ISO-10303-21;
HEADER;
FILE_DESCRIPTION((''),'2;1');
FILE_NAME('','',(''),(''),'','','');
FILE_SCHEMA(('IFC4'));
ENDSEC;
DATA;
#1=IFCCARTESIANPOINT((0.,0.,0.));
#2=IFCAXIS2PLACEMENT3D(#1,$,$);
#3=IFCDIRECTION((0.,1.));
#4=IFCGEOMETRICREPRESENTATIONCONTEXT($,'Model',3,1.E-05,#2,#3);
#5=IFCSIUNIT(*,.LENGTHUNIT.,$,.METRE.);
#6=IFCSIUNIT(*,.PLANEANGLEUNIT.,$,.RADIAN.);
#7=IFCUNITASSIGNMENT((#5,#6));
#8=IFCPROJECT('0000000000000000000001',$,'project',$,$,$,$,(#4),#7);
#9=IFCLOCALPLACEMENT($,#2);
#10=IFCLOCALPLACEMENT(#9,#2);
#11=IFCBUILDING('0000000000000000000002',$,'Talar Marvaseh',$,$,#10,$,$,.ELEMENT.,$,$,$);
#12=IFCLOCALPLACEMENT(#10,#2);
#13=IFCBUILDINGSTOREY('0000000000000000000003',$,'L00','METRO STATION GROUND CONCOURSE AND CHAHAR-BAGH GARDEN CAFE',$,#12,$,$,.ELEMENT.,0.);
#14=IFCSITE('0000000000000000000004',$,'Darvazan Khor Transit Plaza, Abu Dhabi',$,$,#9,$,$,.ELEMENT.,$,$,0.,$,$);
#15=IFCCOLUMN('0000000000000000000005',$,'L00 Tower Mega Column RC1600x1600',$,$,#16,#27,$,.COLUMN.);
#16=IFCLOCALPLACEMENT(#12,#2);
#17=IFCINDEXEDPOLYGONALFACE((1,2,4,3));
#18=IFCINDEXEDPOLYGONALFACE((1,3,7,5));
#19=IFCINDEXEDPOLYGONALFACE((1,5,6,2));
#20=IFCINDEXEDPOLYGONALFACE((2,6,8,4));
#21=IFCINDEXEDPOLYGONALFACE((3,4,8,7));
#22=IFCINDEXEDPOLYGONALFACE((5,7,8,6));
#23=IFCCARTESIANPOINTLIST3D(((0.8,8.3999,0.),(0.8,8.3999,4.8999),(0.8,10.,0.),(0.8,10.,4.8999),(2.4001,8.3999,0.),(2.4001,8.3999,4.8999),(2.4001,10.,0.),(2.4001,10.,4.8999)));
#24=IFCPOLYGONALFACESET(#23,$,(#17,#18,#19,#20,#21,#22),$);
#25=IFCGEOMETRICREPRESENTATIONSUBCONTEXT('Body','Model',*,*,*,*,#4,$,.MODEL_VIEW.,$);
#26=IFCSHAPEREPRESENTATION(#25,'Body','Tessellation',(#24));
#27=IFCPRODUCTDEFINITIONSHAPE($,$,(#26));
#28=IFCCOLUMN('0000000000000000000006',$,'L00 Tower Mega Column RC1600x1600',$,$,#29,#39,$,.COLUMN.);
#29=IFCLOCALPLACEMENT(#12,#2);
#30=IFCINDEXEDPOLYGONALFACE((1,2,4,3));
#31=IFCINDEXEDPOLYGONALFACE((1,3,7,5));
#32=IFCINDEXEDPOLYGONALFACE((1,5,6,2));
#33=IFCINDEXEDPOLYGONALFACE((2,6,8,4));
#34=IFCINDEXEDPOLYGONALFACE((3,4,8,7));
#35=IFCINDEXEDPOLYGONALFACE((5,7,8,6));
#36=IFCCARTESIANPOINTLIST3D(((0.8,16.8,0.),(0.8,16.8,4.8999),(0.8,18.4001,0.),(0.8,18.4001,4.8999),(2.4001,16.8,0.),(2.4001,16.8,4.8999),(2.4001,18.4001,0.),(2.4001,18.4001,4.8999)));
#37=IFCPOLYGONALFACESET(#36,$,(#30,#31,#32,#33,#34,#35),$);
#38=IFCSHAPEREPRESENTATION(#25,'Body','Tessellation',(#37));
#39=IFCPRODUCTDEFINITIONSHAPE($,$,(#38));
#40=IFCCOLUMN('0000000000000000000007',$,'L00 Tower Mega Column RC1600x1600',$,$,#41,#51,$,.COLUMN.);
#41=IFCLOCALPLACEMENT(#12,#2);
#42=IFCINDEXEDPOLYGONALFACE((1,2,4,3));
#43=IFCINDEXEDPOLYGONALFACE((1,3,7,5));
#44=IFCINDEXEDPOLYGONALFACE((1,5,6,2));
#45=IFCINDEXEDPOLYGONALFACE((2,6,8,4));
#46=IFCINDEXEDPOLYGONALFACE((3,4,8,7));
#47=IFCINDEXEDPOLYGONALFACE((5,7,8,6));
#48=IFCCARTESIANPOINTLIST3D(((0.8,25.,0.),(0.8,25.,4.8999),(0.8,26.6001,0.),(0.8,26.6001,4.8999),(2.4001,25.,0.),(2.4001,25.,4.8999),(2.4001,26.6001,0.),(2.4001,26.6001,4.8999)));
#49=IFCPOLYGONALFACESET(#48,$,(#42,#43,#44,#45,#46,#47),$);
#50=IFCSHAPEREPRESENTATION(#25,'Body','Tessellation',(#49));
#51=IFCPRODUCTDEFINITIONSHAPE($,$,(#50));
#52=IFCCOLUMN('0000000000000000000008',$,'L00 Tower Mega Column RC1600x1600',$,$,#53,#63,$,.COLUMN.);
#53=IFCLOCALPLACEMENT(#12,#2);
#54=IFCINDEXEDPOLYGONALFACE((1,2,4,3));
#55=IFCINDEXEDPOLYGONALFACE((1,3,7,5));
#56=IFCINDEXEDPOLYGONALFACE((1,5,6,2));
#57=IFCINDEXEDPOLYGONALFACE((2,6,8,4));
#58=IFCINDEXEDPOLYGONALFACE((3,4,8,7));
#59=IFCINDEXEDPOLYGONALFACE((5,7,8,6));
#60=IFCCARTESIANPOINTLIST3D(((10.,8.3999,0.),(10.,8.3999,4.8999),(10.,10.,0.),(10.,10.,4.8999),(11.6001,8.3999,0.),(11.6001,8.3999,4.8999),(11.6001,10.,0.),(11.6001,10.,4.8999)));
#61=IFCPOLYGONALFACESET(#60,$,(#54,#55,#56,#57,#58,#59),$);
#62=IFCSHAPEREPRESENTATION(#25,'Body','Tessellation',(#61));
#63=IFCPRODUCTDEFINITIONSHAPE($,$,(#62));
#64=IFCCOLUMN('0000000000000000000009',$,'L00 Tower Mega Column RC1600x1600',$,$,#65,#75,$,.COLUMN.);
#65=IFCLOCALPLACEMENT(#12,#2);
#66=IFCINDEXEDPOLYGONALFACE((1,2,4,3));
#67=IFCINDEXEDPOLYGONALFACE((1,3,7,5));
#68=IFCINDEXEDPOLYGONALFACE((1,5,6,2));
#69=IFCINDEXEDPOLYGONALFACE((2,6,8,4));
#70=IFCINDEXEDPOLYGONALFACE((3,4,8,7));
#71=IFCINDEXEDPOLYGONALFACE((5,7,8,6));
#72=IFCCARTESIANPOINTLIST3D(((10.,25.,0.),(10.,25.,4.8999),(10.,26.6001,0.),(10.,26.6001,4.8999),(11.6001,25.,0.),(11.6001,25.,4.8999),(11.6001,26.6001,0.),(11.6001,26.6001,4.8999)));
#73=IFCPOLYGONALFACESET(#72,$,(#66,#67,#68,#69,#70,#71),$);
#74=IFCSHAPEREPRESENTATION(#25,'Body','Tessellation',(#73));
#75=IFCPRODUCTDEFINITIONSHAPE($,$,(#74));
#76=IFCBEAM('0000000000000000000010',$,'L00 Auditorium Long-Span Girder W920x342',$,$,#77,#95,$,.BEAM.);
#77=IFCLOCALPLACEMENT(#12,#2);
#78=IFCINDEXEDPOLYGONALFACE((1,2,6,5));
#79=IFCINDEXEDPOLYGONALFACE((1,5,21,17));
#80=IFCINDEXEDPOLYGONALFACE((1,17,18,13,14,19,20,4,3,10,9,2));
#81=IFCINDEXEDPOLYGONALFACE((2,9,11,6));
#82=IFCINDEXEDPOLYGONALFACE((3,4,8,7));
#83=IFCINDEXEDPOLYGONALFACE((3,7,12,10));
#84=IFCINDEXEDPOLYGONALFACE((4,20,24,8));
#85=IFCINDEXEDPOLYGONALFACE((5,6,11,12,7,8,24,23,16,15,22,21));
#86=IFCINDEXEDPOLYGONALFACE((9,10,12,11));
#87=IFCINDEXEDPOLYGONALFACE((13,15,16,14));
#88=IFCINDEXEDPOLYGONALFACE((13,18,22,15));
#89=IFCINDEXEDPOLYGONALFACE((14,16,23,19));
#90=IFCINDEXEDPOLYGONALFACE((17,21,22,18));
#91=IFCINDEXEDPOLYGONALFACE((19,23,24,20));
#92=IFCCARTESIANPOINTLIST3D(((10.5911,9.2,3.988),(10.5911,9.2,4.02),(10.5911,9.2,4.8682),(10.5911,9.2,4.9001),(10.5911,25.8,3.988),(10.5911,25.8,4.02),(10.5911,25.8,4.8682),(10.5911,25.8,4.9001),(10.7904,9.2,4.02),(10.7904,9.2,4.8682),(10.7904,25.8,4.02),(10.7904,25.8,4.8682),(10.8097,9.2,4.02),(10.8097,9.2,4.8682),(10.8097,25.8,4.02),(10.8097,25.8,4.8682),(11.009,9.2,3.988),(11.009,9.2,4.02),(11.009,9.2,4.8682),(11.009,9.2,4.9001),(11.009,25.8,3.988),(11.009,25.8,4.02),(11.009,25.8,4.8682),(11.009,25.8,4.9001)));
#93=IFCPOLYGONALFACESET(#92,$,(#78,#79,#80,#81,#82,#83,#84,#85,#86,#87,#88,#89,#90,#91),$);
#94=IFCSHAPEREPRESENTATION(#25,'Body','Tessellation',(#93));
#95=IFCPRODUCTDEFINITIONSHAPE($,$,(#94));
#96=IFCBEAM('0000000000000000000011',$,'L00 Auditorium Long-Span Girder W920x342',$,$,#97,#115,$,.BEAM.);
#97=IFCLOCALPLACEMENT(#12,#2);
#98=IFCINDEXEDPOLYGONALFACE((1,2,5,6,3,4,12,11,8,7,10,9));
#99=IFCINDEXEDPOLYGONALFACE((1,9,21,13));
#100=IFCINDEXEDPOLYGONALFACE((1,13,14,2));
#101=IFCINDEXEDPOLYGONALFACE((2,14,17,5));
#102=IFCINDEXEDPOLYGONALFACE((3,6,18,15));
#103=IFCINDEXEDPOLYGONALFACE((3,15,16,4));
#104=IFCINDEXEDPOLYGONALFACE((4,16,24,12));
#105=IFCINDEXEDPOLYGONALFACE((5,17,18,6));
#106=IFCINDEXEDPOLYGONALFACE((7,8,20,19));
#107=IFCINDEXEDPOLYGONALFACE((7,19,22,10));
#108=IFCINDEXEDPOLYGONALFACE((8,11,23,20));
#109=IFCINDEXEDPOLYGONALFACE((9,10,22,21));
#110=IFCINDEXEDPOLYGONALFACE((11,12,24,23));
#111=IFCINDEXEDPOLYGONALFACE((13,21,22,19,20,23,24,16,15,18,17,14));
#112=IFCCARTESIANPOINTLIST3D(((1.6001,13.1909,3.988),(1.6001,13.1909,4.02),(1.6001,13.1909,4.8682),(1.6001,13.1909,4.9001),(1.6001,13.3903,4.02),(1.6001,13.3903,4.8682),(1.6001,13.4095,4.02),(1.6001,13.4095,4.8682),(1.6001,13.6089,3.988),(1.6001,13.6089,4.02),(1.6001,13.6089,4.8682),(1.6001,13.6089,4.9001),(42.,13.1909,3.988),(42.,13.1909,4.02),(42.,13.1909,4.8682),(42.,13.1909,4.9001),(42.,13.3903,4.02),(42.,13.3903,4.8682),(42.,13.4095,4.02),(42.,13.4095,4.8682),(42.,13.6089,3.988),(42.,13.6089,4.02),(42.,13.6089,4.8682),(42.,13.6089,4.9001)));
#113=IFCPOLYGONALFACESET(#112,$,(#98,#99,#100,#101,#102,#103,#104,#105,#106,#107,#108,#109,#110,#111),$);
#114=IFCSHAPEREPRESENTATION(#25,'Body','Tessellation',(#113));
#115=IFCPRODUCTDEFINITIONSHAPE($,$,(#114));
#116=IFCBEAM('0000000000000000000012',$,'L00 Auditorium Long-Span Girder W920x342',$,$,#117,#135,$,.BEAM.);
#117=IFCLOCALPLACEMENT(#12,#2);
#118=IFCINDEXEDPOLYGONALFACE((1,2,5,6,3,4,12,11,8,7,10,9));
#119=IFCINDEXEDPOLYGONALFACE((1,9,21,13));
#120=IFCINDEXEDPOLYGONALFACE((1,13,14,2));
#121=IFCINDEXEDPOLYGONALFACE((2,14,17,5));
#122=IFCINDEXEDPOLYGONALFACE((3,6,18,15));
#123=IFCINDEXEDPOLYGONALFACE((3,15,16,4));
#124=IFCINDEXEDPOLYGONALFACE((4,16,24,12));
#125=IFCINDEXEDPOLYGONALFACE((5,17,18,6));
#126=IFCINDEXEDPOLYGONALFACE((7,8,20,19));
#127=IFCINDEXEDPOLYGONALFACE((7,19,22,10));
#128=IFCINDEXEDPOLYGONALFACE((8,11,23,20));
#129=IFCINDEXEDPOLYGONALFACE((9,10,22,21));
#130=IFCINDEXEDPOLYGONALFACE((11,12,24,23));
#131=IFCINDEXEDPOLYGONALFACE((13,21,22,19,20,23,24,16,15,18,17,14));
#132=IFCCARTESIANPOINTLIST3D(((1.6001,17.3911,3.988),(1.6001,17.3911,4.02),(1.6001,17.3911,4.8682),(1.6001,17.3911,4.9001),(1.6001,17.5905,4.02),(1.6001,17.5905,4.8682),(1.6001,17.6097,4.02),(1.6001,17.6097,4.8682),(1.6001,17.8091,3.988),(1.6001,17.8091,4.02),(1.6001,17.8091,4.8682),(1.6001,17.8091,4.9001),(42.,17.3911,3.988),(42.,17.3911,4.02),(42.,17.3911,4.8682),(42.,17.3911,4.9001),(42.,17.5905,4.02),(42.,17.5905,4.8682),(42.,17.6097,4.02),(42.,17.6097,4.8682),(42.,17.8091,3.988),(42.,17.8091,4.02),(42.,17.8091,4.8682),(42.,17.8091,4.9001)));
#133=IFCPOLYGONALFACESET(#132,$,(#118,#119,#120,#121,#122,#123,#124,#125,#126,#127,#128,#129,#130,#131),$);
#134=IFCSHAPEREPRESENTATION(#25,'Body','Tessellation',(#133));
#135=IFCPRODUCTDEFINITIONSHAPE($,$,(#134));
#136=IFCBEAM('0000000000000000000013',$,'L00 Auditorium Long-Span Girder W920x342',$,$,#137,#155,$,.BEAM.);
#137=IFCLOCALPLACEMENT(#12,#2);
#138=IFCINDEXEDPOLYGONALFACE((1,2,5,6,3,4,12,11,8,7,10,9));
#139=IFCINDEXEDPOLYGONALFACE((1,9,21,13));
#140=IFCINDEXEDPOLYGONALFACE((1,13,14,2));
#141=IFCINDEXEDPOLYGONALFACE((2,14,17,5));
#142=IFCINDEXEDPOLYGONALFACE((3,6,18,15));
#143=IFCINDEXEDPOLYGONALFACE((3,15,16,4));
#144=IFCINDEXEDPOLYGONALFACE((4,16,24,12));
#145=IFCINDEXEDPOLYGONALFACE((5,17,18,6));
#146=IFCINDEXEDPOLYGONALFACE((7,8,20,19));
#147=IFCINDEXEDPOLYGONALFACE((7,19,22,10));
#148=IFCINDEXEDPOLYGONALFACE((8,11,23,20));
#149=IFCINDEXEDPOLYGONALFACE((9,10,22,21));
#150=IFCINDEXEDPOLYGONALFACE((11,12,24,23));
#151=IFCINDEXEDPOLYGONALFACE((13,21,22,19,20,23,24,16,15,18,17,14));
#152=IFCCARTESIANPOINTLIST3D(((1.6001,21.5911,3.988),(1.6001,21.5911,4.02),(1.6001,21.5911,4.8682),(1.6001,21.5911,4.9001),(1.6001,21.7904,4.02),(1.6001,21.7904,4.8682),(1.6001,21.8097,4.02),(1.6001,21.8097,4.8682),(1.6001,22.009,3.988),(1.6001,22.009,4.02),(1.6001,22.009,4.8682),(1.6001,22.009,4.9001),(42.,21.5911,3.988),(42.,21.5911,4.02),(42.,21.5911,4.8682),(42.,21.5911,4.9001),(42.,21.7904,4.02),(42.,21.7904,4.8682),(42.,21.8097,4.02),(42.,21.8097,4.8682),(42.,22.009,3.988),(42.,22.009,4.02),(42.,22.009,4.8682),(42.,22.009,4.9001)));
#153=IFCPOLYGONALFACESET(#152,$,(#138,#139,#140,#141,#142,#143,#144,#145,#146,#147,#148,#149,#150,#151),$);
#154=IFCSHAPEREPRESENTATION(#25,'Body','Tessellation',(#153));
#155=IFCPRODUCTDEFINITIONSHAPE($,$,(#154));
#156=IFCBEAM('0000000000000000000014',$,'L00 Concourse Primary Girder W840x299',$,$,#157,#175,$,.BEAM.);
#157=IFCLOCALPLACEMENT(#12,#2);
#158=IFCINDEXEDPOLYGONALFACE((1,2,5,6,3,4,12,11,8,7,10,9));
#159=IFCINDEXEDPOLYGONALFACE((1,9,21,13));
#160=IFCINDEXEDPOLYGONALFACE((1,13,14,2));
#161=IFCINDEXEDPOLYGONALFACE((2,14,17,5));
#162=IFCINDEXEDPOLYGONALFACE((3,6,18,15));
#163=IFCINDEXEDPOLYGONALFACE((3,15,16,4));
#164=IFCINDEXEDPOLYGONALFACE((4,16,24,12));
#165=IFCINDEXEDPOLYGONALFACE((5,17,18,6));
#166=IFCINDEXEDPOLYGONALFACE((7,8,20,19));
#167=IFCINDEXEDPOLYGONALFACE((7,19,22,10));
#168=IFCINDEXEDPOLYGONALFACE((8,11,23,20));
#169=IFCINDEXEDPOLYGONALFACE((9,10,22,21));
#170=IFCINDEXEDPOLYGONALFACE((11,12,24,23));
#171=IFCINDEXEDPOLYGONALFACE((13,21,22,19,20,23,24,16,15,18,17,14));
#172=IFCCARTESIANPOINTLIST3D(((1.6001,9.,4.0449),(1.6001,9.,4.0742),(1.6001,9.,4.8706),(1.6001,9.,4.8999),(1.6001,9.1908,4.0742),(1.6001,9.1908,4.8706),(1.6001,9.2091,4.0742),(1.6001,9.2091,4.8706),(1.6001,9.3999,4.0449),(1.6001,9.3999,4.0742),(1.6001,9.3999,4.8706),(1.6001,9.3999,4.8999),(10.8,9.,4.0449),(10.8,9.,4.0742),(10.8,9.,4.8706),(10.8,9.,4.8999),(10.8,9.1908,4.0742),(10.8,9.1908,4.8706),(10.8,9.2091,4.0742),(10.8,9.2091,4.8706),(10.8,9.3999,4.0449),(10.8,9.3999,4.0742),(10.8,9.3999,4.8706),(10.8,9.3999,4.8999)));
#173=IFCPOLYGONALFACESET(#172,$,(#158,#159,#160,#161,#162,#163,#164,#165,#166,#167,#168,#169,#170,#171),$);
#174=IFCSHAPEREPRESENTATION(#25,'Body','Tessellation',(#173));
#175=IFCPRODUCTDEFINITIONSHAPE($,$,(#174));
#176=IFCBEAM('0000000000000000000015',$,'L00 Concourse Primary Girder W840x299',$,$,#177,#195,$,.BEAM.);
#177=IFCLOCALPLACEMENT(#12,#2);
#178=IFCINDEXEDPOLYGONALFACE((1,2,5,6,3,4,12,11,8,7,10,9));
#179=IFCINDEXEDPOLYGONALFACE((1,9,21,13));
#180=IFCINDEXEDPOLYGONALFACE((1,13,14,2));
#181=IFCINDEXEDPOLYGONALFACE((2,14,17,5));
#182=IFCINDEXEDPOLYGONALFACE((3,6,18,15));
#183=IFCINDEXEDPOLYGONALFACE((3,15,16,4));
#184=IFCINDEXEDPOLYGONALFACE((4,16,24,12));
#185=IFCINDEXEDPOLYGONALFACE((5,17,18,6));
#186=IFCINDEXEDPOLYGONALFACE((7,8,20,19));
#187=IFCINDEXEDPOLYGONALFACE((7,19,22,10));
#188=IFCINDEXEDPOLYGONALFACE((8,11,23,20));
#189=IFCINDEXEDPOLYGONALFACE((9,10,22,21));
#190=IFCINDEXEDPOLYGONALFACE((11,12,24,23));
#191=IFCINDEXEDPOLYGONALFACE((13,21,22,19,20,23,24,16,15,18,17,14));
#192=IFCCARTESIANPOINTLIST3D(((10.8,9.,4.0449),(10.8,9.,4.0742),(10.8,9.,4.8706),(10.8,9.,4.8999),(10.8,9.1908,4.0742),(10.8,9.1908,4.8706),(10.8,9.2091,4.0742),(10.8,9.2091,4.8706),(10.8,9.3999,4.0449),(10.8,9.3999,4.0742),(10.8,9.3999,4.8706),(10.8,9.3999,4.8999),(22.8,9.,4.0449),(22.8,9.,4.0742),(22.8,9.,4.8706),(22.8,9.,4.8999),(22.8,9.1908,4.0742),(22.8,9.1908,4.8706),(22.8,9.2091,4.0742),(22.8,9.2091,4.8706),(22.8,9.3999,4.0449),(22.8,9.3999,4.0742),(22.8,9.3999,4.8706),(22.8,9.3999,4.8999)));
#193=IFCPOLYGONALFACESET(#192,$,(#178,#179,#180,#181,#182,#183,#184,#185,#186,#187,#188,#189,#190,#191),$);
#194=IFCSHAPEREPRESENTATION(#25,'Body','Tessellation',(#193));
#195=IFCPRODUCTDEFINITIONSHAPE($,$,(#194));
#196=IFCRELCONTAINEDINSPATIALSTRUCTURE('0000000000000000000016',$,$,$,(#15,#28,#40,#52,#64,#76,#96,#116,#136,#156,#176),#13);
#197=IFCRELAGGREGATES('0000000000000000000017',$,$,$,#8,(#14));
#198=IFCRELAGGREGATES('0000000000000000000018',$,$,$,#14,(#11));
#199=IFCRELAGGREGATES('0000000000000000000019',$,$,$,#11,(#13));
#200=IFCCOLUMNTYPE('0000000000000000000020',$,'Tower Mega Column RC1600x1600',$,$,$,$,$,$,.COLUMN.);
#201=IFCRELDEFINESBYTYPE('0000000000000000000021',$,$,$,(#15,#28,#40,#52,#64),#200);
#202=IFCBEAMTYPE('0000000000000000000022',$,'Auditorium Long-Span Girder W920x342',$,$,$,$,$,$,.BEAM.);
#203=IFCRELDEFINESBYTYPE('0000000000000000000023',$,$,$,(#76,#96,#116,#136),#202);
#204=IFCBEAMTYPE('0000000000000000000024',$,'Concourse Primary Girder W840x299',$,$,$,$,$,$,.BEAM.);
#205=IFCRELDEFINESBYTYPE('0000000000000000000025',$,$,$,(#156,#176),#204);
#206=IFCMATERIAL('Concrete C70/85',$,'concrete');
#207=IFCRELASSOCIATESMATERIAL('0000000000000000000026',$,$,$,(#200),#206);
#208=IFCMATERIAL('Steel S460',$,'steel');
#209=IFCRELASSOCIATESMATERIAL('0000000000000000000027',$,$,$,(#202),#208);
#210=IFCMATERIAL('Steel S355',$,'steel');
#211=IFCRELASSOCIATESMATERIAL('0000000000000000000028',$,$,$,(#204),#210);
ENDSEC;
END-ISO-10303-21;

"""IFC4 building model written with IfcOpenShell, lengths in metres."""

from ifc_helpers import new_model, si_unit, direction, frame, origin, origin_2d, place, context, subcontext, project, spatial, rectangle, i_section, extrude, material, material_profile, profile_set, type_object, element, save


model = new_model("IFC4")

# Units and contexts
model_context = context("Model", 3, precision=1e-05, world=origin(), true_north=direction((0.0, 1.0)))
body_context = subcontext(model_context, "Body", "Model", "MODEL_VIEW")
ifc_project = project(units=[si_unit("LENGTHUNIT", "METRE"), si_unit("PLANEANGLEUNIT", "RADIAN")], contexts=[model_context])

# Site, building, storey
site_placement = place(None, origin())
site = spatial("IfcSite", under=ifc_project, at=site_placement, Name="Darvazan Khor Transit Plaza, Abu Dhabi", CompositionType="ELEMENT", RefElevation=0.0)
building_placement = place(site_placement, origin())
building = spatial("IfcBuilding", under=site, at=building_placement, Name="Talar Marvaseh", CompositionType="ELEMENT")
storey_placement = place(building_placement, origin())
storey = spatial("IfcBuildingStorey", under=building, at=storey_placement, Name="L00", Description="METRO STATION GROUND CONCOURSE AND CHAHAR-BAGH GARDEN CAFE", CompositionType="ELEMENT", Elevation=0.0)

# Columns
ifc_material_1 = material(Name="Concrete C70/85", Category="concrete")
ifc_material_profile_1 = material_profile(ifc_material_1, rectangle(XDim=1.6001, YDim=1.6001, at=origin_2d()), Name="RC1600x1600")
ifc_profile_set_1 = profile_set([ifc_material_profile_1], Name="Concrete C70/85")
column_type = type_object("IfcColumnType", Name="Tower Mega Column RC1600x1600", PredefinedType="COLUMN", material=ifc_profile_set_1)
for number, where, z_axis, x_axis, name in (
    (1, (1.6001, 9.2, 0.0), (0.0, 0.0, 1.0), (1.0, 0.0, 0.0), "L00 Tower Mega Column RC1600x1600"),
    (2, (1.6001, 17.6001, 0.0), (0.0, 0.0, 1.0), (1.0, 0.0, 0.0), "L00 Tower Mega Column RC1600x1600"),
    (3, (1.6001, 25.8, 0.0), (0.0, 0.0, 1.0), (1.0, 0.0, 0.0), "L00 Tower Mega Column RC1600x1600"),
    (4, (10.8, 9.2, 0.0), (0.0, 0.0, 1.0), (1.0, 0.0, 0.0), "L00 Tower Mega Column RC1600x1600"),
    (5, (10.8, 25.8, 0.0), (0.0, 0.0, 1.0), (1.0, 0.0, 0.0), "L00 Tower Mega Column RC1600x1600"),
):
    element("IfcColumn", number, at=place(storey_placement, frame(where, z_axis=z_axis, x_axis=x_axis)), inside=storey, type_object=column_type, Name=name, PredefinedType="COLUMN", context=body_context, shape_type="SweptSolid", body=[
        extrude(rectangle(XDim=1.6001, YDim=1.6001, at=origin_2d()), origin(), (0.0, 0.0, 1.0), 4.8999),
    ])

# Beams
ifc_material_2 = material(Name="Steel S460", Category="steel")
ifc_material_profile_2 = material_profile(ifc_material_2, i_section(OverallWidth=0.418, OverallDepth=0.9121, WebThickness=0.0193, FlangeThickness=0.032, at=origin_2d()), Name="W920x342")
ifc_profile_set_2 = profile_set([ifc_material_profile_2], Name="Steel S460")
beam_type_1 = type_object("IfcBeamType", Name="Auditorium Long-Span Girder W920x342", PredefinedType="BEAM", material=ifc_profile_set_2)
beam_1_placement = place(storey_placement, frame((10.8, 9.2, 4.4441), z_axis=(0.0, 1.0, 0.0), x_axis=(-1.0, 0.0, 0.0)))
element("IfcBeam", 6, at=beam_1_placement, inside=storey, type_object=beam_type_1, Name="L00 Auditorium Long-Span Girder W920x342", PredefinedType="BEAM", context=body_context, shape_type="SweptSolid", body=[
    extrude(i_section(OverallWidth=0.418, OverallDepth=0.9121, WebThickness=0.0193, FlangeThickness=0.032, at=origin_2d()), origin(), (0.0, 0.0, 1.0), 16.6001),
])
for number, where, z_axis, x_axis, name in (
    (7, (1.6001, 13.3999, 4.4441), (1.0, 0.0, 0.0), (0.0, 1.0, 0.0), "L00 Auditorium Long-Span Girder W920x342"),
    (8, (1.6001, 17.6001, 4.4441), (1.0, 0.0, 0.0), (0.0, 1.0, 0.0), "L00 Auditorium Long-Span Girder W920x342"),
    (9, (1.6001, 21.8, 4.4441), (1.0, 0.0, 0.0), (0.0, 1.0, 0.0), "L00 Auditorium Long-Span Girder W920x342"),
):
    element("IfcBeam", number, at=place(storey_placement, frame(where, z_axis=z_axis, x_axis=x_axis)), inside=storey, type_object=beam_type_1, Name=name, PredefinedType="BEAM", context=body_context, shape_type="SweptSolid", body=[
        extrude(i_section(OverallWidth=0.418, OverallDepth=0.9121, WebThickness=0.0193, FlangeThickness=0.032, at=origin_2d()), origin(), (0.0, 0.0, 1.0), 40.3999),
    ])
ifc_material_3 = material(Name="Steel S355", Category="steel")
ifc_material_profile_3 = material_profile(ifc_material_3, i_section(OverallWidth=0.3999, OverallDepth=0.855, WebThickness=0.0183, FlangeThickness=0.0293, at=origin_2d()), Name="W840x299")
ifc_profile_set_3 = profile_set([ifc_material_profile_3], Name="Steel S355")
beam_type_2 = type_object("IfcBeamType", Name="Concourse Primary Girder W840x299", PredefinedType="BEAM", material=ifc_profile_set_3)
beam_2_placement = place(storey_placement, frame((1.6001, 9.2, 4.4724), z_axis=(1.0, 0.0, 0.0), x_axis=(0.0, 1.0, 0.0)))
element("IfcBeam", 10, at=beam_2_placement, inside=storey, type_object=beam_type_2, Name="L00 Concourse Primary Girder W840x299", PredefinedType="BEAM", context=body_context, shape_type="SweptSolid", body=[
    extrude(i_section(OverallWidth=0.3999, OverallDepth=0.855, WebThickness=0.0183, FlangeThickness=0.0293, at=origin_2d()), origin(), (0.0, 0.0, 1.0), 9.2),
])
beam_3_placement = place(storey_placement, frame((10.8, 9.2, 4.4724), z_axis=(1.0, 0.0, 0.0), x_axis=(0.0, 1.0, 0.0)))
element("IfcBeam", 11, at=beam_3_placement, inside=storey, type_object=beam_type_2, Name="L00 Concourse Primary Girder W840x299", PredefinedType="BEAM", context=body_context, shape_type="SweptSolid", body=[
    extrude(i_section(OverallWidth=0.3999, OverallDepth=0.855, WebThickness=0.0183, FlangeThickness=0.0293, at=origin_2d()), origin(), (0.0, 0.0, 1.0), 12.0),
])

save(model, "model.ifc")
